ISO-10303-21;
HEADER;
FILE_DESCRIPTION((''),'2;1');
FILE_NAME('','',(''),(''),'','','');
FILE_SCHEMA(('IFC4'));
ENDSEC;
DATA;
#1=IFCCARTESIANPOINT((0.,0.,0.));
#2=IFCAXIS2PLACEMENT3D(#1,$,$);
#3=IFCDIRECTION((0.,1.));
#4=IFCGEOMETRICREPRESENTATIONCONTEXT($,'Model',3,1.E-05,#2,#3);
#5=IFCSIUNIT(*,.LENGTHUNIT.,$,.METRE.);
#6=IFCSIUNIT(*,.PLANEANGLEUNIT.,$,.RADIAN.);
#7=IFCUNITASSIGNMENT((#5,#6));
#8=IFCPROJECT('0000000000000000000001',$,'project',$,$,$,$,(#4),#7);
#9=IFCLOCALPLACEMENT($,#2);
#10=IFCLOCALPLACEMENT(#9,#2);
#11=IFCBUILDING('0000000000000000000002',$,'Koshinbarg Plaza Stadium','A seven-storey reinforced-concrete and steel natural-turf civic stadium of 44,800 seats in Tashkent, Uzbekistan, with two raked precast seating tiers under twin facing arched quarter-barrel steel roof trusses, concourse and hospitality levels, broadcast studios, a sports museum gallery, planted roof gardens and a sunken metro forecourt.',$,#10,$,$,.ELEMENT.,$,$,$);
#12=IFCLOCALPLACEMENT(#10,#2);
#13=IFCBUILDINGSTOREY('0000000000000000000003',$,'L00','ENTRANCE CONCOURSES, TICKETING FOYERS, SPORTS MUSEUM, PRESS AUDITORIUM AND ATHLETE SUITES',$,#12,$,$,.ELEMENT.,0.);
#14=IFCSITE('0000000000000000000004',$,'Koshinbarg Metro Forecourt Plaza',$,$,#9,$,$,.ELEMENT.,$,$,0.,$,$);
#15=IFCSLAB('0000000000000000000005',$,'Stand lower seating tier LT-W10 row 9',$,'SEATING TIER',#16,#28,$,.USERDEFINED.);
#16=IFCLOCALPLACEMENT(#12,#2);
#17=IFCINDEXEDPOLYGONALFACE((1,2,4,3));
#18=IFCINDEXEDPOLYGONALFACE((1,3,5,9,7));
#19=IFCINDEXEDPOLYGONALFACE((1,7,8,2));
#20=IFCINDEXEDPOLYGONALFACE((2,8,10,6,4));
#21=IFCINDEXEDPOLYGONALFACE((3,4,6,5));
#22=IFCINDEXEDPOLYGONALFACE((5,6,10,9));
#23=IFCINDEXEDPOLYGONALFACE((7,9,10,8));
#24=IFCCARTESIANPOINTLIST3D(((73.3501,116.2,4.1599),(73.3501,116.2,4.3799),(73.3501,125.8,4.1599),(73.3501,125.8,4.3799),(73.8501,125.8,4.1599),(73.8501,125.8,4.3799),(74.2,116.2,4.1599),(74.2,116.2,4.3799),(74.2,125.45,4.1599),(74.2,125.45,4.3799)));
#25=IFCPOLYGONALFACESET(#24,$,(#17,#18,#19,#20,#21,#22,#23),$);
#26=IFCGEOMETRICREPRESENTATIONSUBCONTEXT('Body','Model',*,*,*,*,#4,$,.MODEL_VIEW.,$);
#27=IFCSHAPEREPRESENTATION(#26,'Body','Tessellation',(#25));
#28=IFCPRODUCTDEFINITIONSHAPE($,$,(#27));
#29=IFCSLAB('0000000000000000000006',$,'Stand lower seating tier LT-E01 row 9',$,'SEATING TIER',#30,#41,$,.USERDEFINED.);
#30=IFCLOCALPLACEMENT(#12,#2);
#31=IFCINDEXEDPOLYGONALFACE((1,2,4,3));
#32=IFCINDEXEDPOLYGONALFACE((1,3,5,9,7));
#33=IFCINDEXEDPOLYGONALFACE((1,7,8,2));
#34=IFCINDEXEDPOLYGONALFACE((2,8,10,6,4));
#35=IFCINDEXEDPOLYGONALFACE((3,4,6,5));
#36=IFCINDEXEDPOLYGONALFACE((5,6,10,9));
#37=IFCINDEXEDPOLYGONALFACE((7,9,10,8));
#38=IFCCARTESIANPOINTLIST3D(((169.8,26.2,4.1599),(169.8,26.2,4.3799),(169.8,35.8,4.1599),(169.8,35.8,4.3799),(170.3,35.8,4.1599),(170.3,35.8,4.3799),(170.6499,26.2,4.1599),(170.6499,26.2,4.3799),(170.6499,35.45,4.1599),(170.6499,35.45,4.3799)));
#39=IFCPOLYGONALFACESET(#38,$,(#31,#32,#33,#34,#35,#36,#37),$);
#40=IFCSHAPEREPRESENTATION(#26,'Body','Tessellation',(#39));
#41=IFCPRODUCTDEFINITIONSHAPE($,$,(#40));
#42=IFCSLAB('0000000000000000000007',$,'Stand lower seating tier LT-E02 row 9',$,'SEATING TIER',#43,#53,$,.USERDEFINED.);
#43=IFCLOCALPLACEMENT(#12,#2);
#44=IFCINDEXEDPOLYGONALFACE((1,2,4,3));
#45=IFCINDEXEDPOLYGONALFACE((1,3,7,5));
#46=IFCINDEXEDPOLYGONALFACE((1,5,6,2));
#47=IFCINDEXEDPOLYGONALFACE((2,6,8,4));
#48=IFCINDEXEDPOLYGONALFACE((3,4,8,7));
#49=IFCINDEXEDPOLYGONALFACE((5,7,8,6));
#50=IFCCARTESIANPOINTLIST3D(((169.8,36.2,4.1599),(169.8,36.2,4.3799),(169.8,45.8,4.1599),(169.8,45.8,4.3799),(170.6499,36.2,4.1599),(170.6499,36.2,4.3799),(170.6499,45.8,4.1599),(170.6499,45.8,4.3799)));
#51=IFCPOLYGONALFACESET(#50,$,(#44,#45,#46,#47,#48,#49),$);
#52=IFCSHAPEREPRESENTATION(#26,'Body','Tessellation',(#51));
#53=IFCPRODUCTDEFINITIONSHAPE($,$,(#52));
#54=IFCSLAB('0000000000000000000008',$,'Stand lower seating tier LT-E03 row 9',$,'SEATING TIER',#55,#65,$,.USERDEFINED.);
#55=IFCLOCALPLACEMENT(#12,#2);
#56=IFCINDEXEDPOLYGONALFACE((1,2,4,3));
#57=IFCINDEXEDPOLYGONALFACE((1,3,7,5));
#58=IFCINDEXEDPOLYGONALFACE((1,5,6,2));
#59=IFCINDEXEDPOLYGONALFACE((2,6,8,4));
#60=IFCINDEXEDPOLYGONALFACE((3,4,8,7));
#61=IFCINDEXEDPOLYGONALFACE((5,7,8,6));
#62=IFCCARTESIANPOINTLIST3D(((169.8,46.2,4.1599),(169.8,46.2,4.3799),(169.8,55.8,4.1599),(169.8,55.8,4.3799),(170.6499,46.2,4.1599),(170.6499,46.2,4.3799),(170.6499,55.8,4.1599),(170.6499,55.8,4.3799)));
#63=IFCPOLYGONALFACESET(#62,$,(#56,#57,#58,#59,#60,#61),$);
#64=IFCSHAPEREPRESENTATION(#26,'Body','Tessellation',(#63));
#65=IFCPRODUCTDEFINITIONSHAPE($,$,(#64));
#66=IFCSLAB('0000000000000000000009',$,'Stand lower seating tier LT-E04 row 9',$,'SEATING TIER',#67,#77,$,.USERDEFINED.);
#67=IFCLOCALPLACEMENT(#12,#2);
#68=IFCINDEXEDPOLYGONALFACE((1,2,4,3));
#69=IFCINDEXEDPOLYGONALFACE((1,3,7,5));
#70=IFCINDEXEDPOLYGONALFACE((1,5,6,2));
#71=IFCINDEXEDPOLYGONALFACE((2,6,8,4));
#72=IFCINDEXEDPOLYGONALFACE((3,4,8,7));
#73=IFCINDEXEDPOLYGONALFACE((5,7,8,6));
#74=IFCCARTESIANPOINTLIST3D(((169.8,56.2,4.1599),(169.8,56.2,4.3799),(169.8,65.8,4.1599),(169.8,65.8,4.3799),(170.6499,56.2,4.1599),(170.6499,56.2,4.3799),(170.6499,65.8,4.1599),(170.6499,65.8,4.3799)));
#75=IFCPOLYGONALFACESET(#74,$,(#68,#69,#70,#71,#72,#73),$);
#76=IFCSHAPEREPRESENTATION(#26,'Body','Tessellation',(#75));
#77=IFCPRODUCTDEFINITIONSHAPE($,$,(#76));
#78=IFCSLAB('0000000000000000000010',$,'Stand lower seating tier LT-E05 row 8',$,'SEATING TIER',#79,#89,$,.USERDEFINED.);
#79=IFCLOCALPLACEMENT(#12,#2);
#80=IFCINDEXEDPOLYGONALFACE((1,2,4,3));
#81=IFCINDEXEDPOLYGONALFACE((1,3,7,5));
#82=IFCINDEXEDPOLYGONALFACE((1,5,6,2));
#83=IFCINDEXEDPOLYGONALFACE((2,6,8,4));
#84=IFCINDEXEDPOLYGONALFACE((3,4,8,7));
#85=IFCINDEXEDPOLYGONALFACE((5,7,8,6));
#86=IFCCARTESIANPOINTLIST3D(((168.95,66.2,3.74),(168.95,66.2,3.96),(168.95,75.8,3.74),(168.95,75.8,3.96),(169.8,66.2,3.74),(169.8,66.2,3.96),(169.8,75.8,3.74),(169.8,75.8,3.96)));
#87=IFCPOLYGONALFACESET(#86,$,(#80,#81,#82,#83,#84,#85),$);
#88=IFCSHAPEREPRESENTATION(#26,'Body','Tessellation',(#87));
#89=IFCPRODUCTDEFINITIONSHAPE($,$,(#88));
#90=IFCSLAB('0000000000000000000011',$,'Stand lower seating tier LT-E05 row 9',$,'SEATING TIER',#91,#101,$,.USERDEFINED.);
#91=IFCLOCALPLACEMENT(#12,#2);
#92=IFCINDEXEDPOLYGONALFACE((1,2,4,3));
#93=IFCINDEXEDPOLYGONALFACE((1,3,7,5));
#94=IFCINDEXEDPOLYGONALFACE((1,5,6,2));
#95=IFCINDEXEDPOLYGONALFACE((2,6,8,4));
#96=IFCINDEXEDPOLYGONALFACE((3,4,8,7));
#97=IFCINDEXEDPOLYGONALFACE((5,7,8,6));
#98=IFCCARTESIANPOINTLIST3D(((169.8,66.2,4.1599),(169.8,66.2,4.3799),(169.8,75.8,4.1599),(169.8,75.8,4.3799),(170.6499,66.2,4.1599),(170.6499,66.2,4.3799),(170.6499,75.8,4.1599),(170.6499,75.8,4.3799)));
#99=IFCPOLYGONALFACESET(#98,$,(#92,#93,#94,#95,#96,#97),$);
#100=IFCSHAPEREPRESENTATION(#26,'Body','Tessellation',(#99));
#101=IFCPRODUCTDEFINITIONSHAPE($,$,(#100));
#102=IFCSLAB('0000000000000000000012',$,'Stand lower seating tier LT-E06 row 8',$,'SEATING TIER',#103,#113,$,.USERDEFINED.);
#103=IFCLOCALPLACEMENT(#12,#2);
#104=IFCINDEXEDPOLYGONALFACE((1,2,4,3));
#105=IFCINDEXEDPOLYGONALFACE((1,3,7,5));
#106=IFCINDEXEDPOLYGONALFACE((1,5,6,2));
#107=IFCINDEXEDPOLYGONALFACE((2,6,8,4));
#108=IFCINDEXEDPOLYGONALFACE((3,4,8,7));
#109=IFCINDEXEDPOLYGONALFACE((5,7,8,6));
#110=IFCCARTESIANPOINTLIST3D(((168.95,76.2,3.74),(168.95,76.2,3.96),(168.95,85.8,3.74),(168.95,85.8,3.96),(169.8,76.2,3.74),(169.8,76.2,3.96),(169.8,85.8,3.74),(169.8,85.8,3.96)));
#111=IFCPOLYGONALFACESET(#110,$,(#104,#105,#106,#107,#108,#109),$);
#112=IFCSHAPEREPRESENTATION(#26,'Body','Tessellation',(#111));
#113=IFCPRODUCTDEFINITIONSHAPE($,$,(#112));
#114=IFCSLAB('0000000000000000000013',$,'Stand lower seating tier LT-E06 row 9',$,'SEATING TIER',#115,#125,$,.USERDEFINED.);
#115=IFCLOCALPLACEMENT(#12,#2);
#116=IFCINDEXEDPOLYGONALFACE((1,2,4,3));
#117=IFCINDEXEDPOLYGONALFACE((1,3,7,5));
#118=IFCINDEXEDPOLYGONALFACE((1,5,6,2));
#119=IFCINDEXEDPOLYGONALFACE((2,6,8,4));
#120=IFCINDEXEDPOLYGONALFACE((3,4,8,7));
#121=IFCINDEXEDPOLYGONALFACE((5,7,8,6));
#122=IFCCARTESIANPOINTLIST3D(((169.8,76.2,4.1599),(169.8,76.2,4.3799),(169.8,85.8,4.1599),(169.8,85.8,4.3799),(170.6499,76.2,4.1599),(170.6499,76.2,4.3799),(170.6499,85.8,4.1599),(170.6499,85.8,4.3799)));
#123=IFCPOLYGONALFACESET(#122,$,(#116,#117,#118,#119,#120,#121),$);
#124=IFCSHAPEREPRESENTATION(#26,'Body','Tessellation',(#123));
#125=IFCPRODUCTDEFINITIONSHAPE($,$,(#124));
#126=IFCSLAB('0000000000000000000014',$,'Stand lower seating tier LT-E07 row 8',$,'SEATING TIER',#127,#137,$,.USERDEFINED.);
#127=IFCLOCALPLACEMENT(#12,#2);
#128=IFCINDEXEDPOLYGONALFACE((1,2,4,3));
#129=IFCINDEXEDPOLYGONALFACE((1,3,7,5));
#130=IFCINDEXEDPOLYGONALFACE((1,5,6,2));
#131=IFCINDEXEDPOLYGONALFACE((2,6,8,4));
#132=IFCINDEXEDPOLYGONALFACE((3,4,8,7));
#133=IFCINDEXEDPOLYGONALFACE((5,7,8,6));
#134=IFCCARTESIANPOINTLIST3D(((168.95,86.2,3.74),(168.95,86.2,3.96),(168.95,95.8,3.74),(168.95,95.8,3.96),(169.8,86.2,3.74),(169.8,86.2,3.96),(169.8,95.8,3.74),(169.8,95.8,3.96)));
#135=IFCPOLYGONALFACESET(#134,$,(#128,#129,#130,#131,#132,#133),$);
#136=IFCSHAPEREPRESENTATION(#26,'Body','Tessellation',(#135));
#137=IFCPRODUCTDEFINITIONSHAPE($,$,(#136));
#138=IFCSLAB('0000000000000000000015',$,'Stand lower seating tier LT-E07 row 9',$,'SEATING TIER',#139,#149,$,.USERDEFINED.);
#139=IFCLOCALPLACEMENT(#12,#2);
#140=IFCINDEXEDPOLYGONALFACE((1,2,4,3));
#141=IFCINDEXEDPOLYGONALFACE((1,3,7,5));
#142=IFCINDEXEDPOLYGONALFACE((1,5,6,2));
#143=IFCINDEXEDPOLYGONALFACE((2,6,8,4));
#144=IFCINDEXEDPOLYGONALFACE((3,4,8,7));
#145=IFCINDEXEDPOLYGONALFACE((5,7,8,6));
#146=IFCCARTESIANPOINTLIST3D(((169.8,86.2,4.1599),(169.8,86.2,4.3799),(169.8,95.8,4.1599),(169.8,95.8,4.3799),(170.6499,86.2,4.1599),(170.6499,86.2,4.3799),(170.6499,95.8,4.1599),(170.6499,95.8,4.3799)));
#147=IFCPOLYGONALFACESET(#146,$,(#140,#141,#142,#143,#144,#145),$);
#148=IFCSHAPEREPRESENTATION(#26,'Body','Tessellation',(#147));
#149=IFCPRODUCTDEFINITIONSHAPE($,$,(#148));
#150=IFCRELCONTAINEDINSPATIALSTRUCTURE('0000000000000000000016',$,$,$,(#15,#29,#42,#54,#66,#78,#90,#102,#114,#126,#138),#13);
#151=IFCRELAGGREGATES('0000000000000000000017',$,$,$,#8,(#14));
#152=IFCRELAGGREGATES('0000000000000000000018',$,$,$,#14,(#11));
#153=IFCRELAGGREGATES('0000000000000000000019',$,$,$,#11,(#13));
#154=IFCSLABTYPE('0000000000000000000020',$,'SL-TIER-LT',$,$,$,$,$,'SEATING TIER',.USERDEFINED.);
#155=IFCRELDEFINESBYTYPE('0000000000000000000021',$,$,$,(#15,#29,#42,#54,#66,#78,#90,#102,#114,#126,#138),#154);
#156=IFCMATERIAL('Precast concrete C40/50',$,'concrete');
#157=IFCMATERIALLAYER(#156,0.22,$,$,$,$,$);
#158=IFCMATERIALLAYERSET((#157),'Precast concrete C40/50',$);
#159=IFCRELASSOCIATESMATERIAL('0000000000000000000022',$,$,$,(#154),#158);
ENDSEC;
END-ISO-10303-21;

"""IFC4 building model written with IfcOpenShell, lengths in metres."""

from ifc_helpers import new_model, si_unit, direction, frame, origin, place, context, subcontext, project, spatial, polyline, outline, extrude, material, layer, layer_set, type_object, element, save


model = new_model("IFC4")

# Units and contexts
model_context = context("Model", 3, precision=1e-05, world=origin(), true_north=direction((0.0, 1.0)))
body_context = subcontext(model_context, "Body", "Model", "MODEL_VIEW")
ifc_project = project(units=[si_unit("LENGTHUNIT", "METRE"), si_unit("PLANEANGLEUNIT", "RADIAN")], contexts=[model_context])

# Site, building, storey
site_placement = place(None, origin())
site = spatial("IfcSite", under=ifc_project, at=site_placement, Name="Koshinbarg Metro Forecourt Plaza", CompositionType="ELEMENT", RefElevation=0.0)
building_placement = place(site_placement, origin())
building = spatial("IfcBuilding", under=site, at=building_placement, Name="Koshinbarg Plaza Stadium", Description="A seven-storey reinforced-concrete and steel natural-turf civic stadium of 44,800 seats in Tashkent, Uzbekistan, with two raked precast seating tiers under twin facing arched quarter-barrel steel roof trusses, concourse and hospitality levels, broadcast studios, a sports museum gallery, planted roof gardens and a sunken metro forecourt.", CompositionType="ELEMENT")
storey_placement = place(building_placement, origin())
storey = spatial("IfcBuildingStorey", under=building, at=storey_placement, Name="L00", Description="ENTRANCE CONCOURSES, TICKETING FOYERS, SPORTS MUSEUM, PRESS AUDITORIUM AND ATHLETE SUITES", CompositionType="ELEMENT", Elevation=0.0)

# Slabs
ifc_material = material(Name="Precast concrete C40/50", Category="concrete")
ifc_layer = layer(ifc_material, 0.22)
ifc_layer_set = layer_set([ifc_layer], Name="Precast concrete C40/50")
slab_type = type_object("IfcSlabType", Name="SL-TIER-LT", ElementType="SEATING TIER", PredefinedType="USERDEFINED", material=ifc_layer_set)
slab_1_placement = place(storey_placement, frame((0.0, 0.0, 4.1599)))
element("IfcSlab", 1, at=slab_1_placement, inside=storey, type_object=slab_type, Name="Stand lower seating tier LT-W10 row 9", ObjectType="SEATING TIER", PredefinedType="USERDEFINED", context=body_context, shape_type="SweptSolid", body=[
    extrude(outline(polyline([(73.3501, 116.2), (74.2, 116.2), (74.2, 125.45), (73.8501, 125.8), (73.3501, 125.8), (73.3501, 116.2)])), origin(), (0.0, 0.0, 1.0), 0.22),
])
slab_2_placement = place(storey_placement, frame((0.0, 0.0, 4.1599)))
element("IfcSlab", 2, at=slab_2_placement, inside=storey, type_object=slab_type, Name="Stand lower seating tier LT-E01 row 9", ObjectType="SEATING TIER", PredefinedType="USERDEFINED", context=body_context, shape_type="SweptSolid", body=[
    extrude(outline(polyline([(169.8, 26.2), (170.6499, 26.2), (170.6499, 35.45), (170.3, 35.8), (169.8, 35.8), (169.8, 26.2)])), origin(), (0.0, 0.0, 1.0), 0.22),
])
slab_3_placement = place(storey_placement, frame((0.0, 0.0, 4.1599)))
element("IfcSlab", 3, at=slab_3_placement, inside=storey, type_object=slab_type, Name="Stand lower seating tier LT-E02 row 9", ObjectType="SEATING TIER", PredefinedType="USERDEFINED", context=body_context, shape_type="SweptSolid", body=[
    extrude(outline(polyline([(169.8, 36.2), (170.6499, 36.2), (170.6499, 45.8), (169.8, 45.8), (169.8, 36.2)])), origin(), (0.0, 0.0, 1.0), 0.22),
])
slab_4_placement = place(storey_placement, frame((0.0, 0.0, 4.1599)))
element("IfcSlab", 4, at=slab_4_placement, inside=storey, type_object=slab_type, Name="Stand lower seating tier LT-E03 row 9", ObjectType="SEATING TIER", PredefinedType="USERDEFINED", context=body_context, shape_type="SweptSolid", body=[
    extrude(outline(polyline([(169.8, 46.2), (170.6499, 46.2), (170.6499, 55.8), (169.8, 55.8), (169.8, 46.2)])), origin(), (0.0, 0.0, 1.0), 0.22),
])
slab_5_placement = place(storey_placement, frame((0.0, 0.0, 4.1599)))
element("IfcSlab", 5, at=slab_5_placement, inside=storey, type_object=slab_type, Name="Stand lower seating tier LT-E04 row 9", ObjectType="SEATING TIER", PredefinedType="USERDEFINED", context=body_context, shape_type="SweptSolid", body=[
    extrude(outline(polyline([(169.8, 56.2), (170.6499, 56.2), (170.6499, 65.8), (169.8, 65.8), (169.8, 56.2)])), origin(), (0.0, 0.0, 1.0), 0.22),
])
slab_6_placement = place(storey_placement, frame((0.0, 0.0, 3.74)))
element("IfcSlab", 6, at=slab_6_placement, inside=storey, type_object=slab_type, Name="Stand lower seating tier LT-E05 row 8", ObjectType="SEATING TIER", PredefinedType="USERDEFINED", context=body_context, shape_type="SweptSolid", body=[
    extrude(outline(polyline([(168.95, 66.2), (169.8, 66.2), (169.8, 75.8), (168.95, 75.8), (168.95, 66.2)])), origin(), (0.0, 0.0, 1.0), 0.22),
])
slab_7_placement = place(storey_placement, frame((0.0, 0.0, 4.1599)))
element("IfcSlab", 7, at=slab_7_placement, inside=storey, type_object=slab_type, Name="Stand lower seating tier LT-E05 row 9", ObjectType="SEATING TIER", PredefinedType="USERDEFINED", context=body_context, shape_type="SweptSolid", body=[
    extrude(outline(polyline([(169.8, 66.2), (170.6499, 66.2), (170.6499, 75.8), (169.8, 75.8), (169.8, 66.2)])), origin(), (0.0, 0.0, 1.0), 0.22),
])
slab_8_placement = place(storey_placement, frame((0.0, 0.0, 3.74)))
element("IfcSlab", 8, at=slab_8_placement, inside=storey, type_object=slab_type, Name="Stand lower seating tier LT-E06 row 8", ObjectType="SEATING TIER", PredefinedType="USERDEFINED", context=body_context, shape_type="SweptSolid", body=[
    extrude(outline(polyline([(168.95, 76.2), (169.8, 76.2), (169.8, 85.8), (168.95, 85.8), (168.95, 76.2)])), origin(), (0.0, 0.0, 1.0), 0.22),
])
slab_9_placement = place(storey_placement, frame((0.0, 0.0, 4.1599)))
element("IfcSlab", 9, at=slab_9_placement, inside=storey, type_object=slab_type, Name="Stand lower seating tier LT-E06 row 9", ObjectType="SEATING TIER", PredefinedType="USERDEFINED", context=body_context, shape_type="SweptSolid", body=[
    extrude(outline(polyline([(169.8, 76.2), (170.6499, 76.2), (170.6499, 85.8), (169.8, 85.8), (169.8, 76.2)])), origin(), (0.0, 0.0, 1.0), 0.22),
])
slab_10_placement = place(storey_placement, frame((0.0, 0.0, 3.74)))
element("IfcSlab", 10, at=slab_10_placement, inside=storey, type_object=slab_type, Name="Stand lower seating tier LT-E07 row 8", ObjectType="SEATING TIER", PredefinedType="USERDEFINED", context=body_context, shape_type="SweptSolid", body=[
    extrude(outline(polyline([(168.95, 86.2), (169.8, 86.2), (169.8, 95.8), (168.95, 95.8), (168.95, 86.2)])), origin(), (0.0, 0.0, 1.0), 0.22),
])
slab_11_placement = place(storey_placement, frame((0.0, 0.0, 4.1599)))
element("IfcSlab", 11, at=slab_11_placement, inside=storey, type_object=slab_type, Name="Stand lower seating tier LT-E07 row 9", ObjectType="SEATING TIER", PredefinedType="USERDEFINED", context=body_context, shape_type="SweptSolid", body=[
    extrude(outline(polyline([(169.8, 86.2), (170.6499, 86.2), (170.6499, 95.8), (169.8, 95.8), (169.8, 86.2)])), origin(), (0.0, 0.0, 1.0), 0.22),
])

save(model, "model.ifc")
